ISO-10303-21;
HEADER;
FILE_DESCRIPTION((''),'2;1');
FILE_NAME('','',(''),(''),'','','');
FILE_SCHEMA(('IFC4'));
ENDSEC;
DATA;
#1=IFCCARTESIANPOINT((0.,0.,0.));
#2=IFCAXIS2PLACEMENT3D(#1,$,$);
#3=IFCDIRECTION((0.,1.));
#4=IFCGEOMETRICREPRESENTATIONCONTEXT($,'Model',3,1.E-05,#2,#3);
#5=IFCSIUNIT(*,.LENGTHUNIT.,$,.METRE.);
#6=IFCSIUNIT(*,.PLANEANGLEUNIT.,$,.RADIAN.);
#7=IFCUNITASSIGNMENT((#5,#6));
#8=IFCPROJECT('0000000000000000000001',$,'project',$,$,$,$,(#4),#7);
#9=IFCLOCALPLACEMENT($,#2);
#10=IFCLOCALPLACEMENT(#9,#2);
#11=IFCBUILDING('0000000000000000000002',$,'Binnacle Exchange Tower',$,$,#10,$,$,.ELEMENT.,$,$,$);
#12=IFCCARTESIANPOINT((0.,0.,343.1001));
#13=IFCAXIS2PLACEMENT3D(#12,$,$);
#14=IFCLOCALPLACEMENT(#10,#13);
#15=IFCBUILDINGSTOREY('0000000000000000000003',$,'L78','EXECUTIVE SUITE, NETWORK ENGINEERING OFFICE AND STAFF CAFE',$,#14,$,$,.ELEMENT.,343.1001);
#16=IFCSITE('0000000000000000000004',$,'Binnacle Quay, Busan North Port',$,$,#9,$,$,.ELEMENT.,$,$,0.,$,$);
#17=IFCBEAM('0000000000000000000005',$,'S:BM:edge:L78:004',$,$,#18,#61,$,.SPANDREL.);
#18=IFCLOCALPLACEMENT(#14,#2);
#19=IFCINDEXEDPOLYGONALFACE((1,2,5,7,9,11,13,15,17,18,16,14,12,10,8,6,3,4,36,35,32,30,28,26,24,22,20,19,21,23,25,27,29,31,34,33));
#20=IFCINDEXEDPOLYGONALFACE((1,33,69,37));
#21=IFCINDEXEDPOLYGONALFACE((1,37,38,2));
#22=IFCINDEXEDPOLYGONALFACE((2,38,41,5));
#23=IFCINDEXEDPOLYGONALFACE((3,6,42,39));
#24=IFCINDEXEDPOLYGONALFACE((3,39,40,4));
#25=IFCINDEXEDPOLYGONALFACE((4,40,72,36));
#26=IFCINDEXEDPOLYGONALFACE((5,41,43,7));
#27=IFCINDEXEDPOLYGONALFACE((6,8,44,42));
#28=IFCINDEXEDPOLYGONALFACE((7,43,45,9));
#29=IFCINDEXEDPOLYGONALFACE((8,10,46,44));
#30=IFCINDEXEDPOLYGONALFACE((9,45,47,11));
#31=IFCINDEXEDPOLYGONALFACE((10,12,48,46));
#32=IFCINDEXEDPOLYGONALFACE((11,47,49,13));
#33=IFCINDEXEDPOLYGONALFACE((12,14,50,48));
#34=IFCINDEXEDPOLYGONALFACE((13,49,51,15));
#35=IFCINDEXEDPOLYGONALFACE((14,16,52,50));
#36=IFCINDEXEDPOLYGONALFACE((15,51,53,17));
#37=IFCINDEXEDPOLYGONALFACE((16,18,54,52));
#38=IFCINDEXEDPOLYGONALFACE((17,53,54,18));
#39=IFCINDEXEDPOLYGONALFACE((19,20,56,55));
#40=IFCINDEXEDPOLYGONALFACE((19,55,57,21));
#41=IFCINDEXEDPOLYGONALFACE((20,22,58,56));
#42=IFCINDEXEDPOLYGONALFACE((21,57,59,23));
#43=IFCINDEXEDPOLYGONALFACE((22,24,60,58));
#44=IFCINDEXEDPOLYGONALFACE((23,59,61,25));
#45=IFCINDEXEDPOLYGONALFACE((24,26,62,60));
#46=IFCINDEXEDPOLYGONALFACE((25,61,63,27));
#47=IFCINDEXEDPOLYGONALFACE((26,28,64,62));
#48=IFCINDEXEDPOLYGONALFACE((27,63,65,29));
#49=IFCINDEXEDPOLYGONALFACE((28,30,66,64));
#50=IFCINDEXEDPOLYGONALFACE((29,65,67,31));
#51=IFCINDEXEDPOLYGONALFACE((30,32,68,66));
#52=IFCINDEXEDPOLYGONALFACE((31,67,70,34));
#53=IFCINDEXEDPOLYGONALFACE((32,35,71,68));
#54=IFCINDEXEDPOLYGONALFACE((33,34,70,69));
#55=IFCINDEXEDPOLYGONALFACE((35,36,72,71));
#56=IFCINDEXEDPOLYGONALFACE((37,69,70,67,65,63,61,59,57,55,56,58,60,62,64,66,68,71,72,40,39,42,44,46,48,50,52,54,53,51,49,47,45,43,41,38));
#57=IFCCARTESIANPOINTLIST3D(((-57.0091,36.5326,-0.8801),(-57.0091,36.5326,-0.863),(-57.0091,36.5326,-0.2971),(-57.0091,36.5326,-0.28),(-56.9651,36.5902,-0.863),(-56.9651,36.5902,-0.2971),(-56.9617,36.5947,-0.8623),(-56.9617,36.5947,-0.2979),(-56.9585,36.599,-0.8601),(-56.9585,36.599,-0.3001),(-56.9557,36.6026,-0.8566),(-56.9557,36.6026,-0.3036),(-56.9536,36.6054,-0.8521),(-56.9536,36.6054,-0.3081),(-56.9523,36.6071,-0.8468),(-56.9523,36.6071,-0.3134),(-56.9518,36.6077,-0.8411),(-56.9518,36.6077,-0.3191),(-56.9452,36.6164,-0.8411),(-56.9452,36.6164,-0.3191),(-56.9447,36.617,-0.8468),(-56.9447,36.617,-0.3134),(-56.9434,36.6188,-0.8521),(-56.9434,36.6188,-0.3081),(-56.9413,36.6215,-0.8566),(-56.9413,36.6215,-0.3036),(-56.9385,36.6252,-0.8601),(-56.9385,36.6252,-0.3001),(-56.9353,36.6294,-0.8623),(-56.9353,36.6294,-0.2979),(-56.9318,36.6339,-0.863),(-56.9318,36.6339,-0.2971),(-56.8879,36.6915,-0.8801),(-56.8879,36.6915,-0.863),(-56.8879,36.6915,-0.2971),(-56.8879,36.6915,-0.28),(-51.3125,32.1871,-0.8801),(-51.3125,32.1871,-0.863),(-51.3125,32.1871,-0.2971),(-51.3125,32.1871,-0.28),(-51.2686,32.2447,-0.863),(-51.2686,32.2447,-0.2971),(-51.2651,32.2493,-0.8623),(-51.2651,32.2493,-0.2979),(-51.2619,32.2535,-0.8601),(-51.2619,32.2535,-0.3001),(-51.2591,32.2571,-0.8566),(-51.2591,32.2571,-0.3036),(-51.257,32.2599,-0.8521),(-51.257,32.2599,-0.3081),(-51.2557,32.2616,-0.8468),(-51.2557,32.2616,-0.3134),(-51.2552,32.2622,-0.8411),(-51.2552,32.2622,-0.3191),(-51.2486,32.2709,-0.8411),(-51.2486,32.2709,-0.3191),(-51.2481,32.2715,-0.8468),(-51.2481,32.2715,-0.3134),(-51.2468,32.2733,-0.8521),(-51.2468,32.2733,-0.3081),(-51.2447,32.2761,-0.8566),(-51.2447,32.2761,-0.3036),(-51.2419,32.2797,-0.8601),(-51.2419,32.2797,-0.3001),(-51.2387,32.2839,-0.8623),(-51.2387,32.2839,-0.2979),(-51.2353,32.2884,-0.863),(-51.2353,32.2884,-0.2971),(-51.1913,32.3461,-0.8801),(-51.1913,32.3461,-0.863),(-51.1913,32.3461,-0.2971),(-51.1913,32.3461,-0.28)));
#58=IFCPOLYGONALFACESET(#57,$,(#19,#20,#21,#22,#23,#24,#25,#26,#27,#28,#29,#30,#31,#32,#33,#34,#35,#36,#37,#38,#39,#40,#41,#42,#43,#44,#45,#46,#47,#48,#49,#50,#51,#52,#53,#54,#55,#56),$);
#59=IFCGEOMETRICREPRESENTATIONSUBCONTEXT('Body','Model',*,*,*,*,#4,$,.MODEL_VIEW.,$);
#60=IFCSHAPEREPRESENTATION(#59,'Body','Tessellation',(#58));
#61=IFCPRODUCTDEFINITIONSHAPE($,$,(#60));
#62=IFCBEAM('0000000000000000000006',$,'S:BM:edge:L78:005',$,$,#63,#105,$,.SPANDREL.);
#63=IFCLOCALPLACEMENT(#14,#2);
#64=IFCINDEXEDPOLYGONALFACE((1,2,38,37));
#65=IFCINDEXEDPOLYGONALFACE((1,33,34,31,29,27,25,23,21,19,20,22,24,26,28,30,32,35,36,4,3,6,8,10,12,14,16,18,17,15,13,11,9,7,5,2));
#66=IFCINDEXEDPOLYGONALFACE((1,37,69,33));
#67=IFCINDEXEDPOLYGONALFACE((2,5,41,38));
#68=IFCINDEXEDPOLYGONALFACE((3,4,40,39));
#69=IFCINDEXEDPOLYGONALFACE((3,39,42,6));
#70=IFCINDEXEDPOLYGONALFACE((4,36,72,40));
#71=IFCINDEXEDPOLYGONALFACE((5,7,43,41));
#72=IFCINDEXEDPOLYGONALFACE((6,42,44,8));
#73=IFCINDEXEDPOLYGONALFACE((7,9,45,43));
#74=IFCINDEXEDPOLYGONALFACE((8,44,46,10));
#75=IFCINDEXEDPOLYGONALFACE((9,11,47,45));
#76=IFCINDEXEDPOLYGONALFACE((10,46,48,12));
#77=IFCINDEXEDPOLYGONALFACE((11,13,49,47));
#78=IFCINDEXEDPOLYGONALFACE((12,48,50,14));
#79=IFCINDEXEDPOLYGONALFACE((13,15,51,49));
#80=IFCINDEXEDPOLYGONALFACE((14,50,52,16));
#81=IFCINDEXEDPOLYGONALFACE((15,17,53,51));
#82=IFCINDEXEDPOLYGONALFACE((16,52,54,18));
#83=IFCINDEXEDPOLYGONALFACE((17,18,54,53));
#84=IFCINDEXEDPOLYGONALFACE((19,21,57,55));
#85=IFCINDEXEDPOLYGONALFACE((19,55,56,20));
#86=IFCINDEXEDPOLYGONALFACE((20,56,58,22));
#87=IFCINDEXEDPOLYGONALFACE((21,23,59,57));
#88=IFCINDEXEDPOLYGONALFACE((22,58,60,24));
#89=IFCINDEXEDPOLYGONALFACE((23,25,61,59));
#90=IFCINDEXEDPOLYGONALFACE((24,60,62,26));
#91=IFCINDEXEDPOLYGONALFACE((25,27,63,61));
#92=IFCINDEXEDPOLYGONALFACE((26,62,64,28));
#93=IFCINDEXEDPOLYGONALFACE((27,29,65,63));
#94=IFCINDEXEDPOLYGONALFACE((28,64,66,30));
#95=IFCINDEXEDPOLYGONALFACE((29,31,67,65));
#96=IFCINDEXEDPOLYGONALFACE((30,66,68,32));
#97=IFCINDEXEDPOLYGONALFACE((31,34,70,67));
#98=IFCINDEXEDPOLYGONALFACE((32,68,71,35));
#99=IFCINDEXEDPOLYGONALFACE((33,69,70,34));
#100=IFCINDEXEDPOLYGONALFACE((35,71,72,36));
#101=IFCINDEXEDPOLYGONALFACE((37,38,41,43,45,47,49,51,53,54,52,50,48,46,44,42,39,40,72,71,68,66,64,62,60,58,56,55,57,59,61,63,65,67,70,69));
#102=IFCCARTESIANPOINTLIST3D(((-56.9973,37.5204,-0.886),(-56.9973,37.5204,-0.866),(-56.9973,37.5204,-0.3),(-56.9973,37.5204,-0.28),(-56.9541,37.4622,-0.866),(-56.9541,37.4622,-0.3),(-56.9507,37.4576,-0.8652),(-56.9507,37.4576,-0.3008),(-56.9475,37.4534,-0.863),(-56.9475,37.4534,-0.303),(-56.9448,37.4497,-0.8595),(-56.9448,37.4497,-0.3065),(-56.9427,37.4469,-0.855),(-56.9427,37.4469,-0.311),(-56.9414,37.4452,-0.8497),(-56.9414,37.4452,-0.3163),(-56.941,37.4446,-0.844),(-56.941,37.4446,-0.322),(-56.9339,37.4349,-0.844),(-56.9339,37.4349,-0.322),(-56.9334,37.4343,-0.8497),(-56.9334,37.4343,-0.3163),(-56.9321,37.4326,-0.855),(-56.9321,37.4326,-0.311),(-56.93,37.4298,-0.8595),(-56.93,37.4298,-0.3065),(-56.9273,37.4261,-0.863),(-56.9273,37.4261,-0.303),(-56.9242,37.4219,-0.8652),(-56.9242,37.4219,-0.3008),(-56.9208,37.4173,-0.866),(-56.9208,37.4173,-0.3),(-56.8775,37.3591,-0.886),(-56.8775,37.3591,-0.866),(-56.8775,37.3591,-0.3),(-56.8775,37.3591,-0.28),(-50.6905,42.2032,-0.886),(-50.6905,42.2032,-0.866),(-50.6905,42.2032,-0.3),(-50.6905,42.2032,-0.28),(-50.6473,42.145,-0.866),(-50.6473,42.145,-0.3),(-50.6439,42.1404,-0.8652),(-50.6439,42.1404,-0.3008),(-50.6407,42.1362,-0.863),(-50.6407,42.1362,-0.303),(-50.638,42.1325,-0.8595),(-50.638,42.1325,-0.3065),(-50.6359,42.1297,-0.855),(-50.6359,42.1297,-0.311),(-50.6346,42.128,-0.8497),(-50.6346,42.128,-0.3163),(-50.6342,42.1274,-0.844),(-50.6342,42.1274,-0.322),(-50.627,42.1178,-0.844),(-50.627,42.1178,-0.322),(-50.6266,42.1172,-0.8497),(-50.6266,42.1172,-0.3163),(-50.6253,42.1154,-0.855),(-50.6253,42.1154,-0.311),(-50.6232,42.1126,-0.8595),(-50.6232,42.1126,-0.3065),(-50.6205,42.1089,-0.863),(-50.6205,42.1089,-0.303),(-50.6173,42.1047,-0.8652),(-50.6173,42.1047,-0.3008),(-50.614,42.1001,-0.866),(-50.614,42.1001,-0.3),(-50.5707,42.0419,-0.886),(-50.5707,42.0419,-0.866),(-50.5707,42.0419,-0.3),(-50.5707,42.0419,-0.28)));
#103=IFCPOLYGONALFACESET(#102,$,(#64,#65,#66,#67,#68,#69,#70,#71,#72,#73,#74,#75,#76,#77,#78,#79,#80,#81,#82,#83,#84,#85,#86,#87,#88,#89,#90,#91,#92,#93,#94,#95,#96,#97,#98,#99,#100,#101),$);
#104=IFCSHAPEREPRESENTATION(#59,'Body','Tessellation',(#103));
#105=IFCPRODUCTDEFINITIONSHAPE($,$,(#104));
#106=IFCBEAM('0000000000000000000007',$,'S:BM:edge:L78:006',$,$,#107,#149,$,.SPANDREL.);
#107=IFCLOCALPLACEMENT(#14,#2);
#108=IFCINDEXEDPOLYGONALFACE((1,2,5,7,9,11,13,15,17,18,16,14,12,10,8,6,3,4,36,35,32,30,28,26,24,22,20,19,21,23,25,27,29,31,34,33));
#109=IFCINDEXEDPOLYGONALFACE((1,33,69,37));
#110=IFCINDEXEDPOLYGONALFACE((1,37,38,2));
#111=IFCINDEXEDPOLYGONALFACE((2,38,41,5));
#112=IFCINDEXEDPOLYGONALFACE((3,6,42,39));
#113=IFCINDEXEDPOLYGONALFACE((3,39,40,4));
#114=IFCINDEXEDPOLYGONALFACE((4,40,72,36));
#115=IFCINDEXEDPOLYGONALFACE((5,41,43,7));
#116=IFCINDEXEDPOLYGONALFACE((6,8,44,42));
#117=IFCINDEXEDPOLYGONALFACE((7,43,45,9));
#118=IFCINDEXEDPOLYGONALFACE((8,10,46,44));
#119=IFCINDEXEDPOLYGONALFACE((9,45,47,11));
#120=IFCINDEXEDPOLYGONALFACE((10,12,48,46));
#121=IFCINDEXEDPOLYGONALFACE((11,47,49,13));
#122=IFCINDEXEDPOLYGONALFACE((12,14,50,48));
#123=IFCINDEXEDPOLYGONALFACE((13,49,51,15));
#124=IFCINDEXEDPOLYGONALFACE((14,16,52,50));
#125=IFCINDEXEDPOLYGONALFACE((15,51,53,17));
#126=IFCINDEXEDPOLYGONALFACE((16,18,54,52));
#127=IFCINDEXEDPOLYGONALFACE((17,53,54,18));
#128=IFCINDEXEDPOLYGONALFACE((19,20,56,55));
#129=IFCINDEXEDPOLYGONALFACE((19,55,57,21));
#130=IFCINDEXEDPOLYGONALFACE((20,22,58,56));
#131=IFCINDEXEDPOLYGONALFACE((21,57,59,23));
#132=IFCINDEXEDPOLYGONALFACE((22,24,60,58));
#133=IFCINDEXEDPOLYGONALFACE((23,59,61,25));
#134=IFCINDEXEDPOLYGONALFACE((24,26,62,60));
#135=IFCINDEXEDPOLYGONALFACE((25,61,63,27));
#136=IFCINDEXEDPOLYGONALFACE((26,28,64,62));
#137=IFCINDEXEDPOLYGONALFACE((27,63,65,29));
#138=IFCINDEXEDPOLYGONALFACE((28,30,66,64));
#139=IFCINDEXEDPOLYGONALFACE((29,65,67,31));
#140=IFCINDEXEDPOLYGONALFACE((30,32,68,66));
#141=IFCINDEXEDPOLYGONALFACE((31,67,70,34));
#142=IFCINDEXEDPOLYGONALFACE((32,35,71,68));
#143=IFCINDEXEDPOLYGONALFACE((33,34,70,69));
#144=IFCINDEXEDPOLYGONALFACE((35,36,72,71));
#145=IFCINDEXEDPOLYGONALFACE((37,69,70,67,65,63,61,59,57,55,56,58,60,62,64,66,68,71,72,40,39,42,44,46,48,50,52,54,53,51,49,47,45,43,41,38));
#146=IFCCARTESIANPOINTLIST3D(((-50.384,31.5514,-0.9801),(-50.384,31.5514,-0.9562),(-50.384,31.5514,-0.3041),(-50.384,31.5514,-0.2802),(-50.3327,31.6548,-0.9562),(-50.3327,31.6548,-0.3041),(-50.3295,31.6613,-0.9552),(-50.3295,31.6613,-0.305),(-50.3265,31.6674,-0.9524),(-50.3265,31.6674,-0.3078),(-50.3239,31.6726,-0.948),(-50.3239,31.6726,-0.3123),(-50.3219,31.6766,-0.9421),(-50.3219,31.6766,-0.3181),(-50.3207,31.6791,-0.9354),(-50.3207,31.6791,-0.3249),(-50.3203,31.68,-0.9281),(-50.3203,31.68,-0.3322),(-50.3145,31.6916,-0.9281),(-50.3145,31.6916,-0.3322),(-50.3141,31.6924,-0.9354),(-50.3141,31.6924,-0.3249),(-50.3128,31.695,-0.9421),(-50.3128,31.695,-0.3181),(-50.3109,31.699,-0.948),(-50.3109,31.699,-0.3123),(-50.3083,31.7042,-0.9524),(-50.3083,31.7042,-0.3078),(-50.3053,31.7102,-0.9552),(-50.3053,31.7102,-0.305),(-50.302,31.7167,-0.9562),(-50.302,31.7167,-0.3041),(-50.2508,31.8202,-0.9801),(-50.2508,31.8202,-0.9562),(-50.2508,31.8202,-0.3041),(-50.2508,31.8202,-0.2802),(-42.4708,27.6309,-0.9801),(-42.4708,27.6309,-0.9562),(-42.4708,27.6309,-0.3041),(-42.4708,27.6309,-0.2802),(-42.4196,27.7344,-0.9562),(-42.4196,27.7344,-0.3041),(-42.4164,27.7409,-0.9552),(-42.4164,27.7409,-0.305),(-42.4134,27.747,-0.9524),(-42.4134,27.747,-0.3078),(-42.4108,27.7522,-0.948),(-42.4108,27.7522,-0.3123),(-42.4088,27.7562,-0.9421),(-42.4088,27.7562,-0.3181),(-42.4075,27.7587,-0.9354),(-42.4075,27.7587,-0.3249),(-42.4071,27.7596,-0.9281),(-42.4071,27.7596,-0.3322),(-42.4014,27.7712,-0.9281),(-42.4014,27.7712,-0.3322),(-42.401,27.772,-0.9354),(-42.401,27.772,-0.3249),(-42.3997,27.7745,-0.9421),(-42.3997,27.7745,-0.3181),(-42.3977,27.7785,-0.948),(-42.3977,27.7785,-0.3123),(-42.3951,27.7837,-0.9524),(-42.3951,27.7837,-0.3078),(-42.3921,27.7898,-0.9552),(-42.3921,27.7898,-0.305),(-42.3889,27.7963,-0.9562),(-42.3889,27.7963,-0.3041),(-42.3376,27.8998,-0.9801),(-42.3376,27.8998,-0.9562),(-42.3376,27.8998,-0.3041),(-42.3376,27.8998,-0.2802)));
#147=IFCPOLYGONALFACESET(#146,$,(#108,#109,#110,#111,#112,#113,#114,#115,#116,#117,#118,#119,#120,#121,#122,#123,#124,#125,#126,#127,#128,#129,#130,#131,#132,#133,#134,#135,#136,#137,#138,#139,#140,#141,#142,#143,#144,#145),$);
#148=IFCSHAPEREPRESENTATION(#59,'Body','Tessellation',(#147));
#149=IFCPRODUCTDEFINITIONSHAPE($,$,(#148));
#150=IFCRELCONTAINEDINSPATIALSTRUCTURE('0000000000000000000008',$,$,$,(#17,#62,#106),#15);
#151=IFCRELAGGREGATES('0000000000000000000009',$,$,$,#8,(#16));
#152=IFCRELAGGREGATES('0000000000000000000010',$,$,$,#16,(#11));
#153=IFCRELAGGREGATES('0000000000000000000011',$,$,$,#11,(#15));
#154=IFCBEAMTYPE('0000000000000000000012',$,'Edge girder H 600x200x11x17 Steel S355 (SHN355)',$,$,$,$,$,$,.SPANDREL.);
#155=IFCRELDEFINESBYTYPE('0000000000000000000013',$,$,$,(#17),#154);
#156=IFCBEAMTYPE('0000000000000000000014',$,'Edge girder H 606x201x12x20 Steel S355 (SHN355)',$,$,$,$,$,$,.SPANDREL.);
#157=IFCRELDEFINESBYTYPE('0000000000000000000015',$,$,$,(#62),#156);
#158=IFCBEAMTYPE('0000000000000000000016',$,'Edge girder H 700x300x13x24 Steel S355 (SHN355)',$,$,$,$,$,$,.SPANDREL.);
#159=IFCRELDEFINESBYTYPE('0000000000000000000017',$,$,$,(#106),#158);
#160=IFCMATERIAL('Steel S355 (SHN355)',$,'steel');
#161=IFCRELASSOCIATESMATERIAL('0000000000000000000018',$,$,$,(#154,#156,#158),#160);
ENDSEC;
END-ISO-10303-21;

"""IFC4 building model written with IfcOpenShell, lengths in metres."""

from ifc_helpers import new_model, si_unit, direction, frame, origin, origin_2d, place, context, subcontext, project, spatial, i_section, extrude, material, material_profile, profile_set, type_object, element, save


model = new_model("IFC4")

# Units and contexts
model_context = context("Model", 3, precision=1e-05, world=origin(), true_north=direction((0.0, 1.0)))
body_context = subcontext(model_context, "Body", "Model", "MODEL_VIEW")
ifc_project = project(units=[si_unit("LENGTHUNIT", "METRE"), si_unit("PLANEANGLEUNIT", "RADIAN")], contexts=[model_context])

# Site, building, storey
site_placement = place(None, origin())
site = spatial("IfcSite", under=ifc_project, at=site_placement, Name="Binnacle Quay, Busan North Port", CompositionType="ELEMENT", RefElevation=0.0)
building_placement = place(site_placement, origin())
building = spatial("IfcBuilding", under=site, at=building_placement, Name="Binnacle Exchange Tower", CompositionType="ELEMENT")
storey_placement = place(building_placement, frame((0.0, 0.0, 343.1001)))
storey = spatial("IfcBuildingStorey", under=building, at=storey_placement, Name="L78", Description="EXECUTIVE SUITE, NETWORK ENGINEERING OFFICE AND STAFF CAFE", CompositionType="ELEMENT", Elevation=343.1001)

# Beams
ifc_material_1 = material(Name="Steel S355 (SHN355)", Category="steel")
ifc_material_profile_1 = material_profile(ifc_material_1, i_section(OverallWidth=0.2, OverallDepth=0.6001, WebThickness=0.011, FlangeThickness=0.0171, FilletRadius=0.022, at=origin_2d()), Name="H 600x200x11x17")
ifc_profile_set_1 = profile_set([ifc_material_profile_1], Name="Steel S355 (SHN355)")
beam_type_1 = type_object("IfcBeamType", Name="Edge girder H 600x200x11x17 Steel S355 (SHN355)", PredefinedType="SPANDREL", material=ifc_profile_set_1)
beam_1_placement = place(storey_placement, frame((-56.9485, 36.6121, -0.5801), z_axis=(0.795079, -0.606506, 0.0), x_axis=(0.606506, 0.795079, 0.0)))
element("IfcBeam", 1, at=beam_1_placement, inside=storey, type_object=beam_type_1, Name="S:BM:edge:L78:004", PredefinedType="SPANDREL", context=body_context, shape_type="SweptSolid", body=[
    extrude(i_section(OverallWidth=0.2, OverallDepth=0.6001, WebThickness=0.011, FlangeThickness=0.0171, FilletRadius=0.022, at=origin_2d()), origin(), (0.0, 0.0, 1.0), 7.1648),
])
ifc_material_profile_2 = material_profile(ifc_material_1, i_section(OverallWidth=0.2009, OverallDepth=0.606, WebThickness=0.012, FlangeThickness=0.02, FilletRadius=0.022, at=origin_2d()), Name="H 606x201x12x20")
ifc_profile_set_2 = profile_set([ifc_material_profile_2], Name="Steel S355 (SHN355)")
beam_type_2 = type_object("IfcBeamType", Name="Edge girder H 606x201x12x20 Steel S355 (SHN355)", PredefinedType="SPANDREL", material=ifc_profile_set_2)
beam_2_placement = place(storey_placement, frame((-50.6306, 42.1226, -0.583), z_axis=(-0.802881, -0.596139, 0.0), x_axis=(0.596139, -0.802881, 0.0)))
element("IfcBeam", 2, at=beam_2_placement, inside=storey, type_object=beam_type_2, Name="S:BM:edge:L78:005", PredefinedType="SPANDREL", context=body_context, shape_type="SweptSolid", body=[
    extrude(i_section(OverallWidth=0.2009, OverallDepth=0.606, WebThickness=0.012, FlangeThickness=0.02, FilletRadius=0.022, at=origin_2d()), origin(), (0.0, 0.0, 1.0), 7.8552),
])
ifc_material_profile_3 = material_profile(ifc_material_1, i_section(OverallWidth=0.3, OverallDepth=0.7, WebThickness=0.0129, FlangeThickness=0.0239, FilletRadius=0.0281, at=origin_2d()), Name="H 700x300x13x24")
ifc_profile_set_3 = profile_set([ifc_material_profile_3], Name="Steel S355 (SHN355)")
beam_type_3 = type_object("IfcBeamType", Name="Edge girder H 700x300x13x24 Steel S355 (SHN355)", PredefinedType="SPANDREL", material=ifc_profile_set_3)
beam_3_placement = place(storey_placement, frame((-50.3174, 31.6858, -0.6301), z_axis=(0.896058, -0.443937, 0.0), x_axis=(0.443937, 0.896058, 0.0)))
element("IfcBeam", 3, at=beam_3_placement, inside=storey, type_object=beam_type_3, Name="S:BM:edge:L78:006", PredefinedType="SPANDREL", context=body_context, shape_type="SweptSolid", body=[
    extrude(i_section(OverallWidth=0.3, OverallDepth=0.7, WebThickness=0.0129, FlangeThickness=0.0239, FilletRadius=0.0281, at=origin_2d()), origin(), (0.0, 0.0, 1.0), 8.8311),
])

save(model, "model.ifc")
